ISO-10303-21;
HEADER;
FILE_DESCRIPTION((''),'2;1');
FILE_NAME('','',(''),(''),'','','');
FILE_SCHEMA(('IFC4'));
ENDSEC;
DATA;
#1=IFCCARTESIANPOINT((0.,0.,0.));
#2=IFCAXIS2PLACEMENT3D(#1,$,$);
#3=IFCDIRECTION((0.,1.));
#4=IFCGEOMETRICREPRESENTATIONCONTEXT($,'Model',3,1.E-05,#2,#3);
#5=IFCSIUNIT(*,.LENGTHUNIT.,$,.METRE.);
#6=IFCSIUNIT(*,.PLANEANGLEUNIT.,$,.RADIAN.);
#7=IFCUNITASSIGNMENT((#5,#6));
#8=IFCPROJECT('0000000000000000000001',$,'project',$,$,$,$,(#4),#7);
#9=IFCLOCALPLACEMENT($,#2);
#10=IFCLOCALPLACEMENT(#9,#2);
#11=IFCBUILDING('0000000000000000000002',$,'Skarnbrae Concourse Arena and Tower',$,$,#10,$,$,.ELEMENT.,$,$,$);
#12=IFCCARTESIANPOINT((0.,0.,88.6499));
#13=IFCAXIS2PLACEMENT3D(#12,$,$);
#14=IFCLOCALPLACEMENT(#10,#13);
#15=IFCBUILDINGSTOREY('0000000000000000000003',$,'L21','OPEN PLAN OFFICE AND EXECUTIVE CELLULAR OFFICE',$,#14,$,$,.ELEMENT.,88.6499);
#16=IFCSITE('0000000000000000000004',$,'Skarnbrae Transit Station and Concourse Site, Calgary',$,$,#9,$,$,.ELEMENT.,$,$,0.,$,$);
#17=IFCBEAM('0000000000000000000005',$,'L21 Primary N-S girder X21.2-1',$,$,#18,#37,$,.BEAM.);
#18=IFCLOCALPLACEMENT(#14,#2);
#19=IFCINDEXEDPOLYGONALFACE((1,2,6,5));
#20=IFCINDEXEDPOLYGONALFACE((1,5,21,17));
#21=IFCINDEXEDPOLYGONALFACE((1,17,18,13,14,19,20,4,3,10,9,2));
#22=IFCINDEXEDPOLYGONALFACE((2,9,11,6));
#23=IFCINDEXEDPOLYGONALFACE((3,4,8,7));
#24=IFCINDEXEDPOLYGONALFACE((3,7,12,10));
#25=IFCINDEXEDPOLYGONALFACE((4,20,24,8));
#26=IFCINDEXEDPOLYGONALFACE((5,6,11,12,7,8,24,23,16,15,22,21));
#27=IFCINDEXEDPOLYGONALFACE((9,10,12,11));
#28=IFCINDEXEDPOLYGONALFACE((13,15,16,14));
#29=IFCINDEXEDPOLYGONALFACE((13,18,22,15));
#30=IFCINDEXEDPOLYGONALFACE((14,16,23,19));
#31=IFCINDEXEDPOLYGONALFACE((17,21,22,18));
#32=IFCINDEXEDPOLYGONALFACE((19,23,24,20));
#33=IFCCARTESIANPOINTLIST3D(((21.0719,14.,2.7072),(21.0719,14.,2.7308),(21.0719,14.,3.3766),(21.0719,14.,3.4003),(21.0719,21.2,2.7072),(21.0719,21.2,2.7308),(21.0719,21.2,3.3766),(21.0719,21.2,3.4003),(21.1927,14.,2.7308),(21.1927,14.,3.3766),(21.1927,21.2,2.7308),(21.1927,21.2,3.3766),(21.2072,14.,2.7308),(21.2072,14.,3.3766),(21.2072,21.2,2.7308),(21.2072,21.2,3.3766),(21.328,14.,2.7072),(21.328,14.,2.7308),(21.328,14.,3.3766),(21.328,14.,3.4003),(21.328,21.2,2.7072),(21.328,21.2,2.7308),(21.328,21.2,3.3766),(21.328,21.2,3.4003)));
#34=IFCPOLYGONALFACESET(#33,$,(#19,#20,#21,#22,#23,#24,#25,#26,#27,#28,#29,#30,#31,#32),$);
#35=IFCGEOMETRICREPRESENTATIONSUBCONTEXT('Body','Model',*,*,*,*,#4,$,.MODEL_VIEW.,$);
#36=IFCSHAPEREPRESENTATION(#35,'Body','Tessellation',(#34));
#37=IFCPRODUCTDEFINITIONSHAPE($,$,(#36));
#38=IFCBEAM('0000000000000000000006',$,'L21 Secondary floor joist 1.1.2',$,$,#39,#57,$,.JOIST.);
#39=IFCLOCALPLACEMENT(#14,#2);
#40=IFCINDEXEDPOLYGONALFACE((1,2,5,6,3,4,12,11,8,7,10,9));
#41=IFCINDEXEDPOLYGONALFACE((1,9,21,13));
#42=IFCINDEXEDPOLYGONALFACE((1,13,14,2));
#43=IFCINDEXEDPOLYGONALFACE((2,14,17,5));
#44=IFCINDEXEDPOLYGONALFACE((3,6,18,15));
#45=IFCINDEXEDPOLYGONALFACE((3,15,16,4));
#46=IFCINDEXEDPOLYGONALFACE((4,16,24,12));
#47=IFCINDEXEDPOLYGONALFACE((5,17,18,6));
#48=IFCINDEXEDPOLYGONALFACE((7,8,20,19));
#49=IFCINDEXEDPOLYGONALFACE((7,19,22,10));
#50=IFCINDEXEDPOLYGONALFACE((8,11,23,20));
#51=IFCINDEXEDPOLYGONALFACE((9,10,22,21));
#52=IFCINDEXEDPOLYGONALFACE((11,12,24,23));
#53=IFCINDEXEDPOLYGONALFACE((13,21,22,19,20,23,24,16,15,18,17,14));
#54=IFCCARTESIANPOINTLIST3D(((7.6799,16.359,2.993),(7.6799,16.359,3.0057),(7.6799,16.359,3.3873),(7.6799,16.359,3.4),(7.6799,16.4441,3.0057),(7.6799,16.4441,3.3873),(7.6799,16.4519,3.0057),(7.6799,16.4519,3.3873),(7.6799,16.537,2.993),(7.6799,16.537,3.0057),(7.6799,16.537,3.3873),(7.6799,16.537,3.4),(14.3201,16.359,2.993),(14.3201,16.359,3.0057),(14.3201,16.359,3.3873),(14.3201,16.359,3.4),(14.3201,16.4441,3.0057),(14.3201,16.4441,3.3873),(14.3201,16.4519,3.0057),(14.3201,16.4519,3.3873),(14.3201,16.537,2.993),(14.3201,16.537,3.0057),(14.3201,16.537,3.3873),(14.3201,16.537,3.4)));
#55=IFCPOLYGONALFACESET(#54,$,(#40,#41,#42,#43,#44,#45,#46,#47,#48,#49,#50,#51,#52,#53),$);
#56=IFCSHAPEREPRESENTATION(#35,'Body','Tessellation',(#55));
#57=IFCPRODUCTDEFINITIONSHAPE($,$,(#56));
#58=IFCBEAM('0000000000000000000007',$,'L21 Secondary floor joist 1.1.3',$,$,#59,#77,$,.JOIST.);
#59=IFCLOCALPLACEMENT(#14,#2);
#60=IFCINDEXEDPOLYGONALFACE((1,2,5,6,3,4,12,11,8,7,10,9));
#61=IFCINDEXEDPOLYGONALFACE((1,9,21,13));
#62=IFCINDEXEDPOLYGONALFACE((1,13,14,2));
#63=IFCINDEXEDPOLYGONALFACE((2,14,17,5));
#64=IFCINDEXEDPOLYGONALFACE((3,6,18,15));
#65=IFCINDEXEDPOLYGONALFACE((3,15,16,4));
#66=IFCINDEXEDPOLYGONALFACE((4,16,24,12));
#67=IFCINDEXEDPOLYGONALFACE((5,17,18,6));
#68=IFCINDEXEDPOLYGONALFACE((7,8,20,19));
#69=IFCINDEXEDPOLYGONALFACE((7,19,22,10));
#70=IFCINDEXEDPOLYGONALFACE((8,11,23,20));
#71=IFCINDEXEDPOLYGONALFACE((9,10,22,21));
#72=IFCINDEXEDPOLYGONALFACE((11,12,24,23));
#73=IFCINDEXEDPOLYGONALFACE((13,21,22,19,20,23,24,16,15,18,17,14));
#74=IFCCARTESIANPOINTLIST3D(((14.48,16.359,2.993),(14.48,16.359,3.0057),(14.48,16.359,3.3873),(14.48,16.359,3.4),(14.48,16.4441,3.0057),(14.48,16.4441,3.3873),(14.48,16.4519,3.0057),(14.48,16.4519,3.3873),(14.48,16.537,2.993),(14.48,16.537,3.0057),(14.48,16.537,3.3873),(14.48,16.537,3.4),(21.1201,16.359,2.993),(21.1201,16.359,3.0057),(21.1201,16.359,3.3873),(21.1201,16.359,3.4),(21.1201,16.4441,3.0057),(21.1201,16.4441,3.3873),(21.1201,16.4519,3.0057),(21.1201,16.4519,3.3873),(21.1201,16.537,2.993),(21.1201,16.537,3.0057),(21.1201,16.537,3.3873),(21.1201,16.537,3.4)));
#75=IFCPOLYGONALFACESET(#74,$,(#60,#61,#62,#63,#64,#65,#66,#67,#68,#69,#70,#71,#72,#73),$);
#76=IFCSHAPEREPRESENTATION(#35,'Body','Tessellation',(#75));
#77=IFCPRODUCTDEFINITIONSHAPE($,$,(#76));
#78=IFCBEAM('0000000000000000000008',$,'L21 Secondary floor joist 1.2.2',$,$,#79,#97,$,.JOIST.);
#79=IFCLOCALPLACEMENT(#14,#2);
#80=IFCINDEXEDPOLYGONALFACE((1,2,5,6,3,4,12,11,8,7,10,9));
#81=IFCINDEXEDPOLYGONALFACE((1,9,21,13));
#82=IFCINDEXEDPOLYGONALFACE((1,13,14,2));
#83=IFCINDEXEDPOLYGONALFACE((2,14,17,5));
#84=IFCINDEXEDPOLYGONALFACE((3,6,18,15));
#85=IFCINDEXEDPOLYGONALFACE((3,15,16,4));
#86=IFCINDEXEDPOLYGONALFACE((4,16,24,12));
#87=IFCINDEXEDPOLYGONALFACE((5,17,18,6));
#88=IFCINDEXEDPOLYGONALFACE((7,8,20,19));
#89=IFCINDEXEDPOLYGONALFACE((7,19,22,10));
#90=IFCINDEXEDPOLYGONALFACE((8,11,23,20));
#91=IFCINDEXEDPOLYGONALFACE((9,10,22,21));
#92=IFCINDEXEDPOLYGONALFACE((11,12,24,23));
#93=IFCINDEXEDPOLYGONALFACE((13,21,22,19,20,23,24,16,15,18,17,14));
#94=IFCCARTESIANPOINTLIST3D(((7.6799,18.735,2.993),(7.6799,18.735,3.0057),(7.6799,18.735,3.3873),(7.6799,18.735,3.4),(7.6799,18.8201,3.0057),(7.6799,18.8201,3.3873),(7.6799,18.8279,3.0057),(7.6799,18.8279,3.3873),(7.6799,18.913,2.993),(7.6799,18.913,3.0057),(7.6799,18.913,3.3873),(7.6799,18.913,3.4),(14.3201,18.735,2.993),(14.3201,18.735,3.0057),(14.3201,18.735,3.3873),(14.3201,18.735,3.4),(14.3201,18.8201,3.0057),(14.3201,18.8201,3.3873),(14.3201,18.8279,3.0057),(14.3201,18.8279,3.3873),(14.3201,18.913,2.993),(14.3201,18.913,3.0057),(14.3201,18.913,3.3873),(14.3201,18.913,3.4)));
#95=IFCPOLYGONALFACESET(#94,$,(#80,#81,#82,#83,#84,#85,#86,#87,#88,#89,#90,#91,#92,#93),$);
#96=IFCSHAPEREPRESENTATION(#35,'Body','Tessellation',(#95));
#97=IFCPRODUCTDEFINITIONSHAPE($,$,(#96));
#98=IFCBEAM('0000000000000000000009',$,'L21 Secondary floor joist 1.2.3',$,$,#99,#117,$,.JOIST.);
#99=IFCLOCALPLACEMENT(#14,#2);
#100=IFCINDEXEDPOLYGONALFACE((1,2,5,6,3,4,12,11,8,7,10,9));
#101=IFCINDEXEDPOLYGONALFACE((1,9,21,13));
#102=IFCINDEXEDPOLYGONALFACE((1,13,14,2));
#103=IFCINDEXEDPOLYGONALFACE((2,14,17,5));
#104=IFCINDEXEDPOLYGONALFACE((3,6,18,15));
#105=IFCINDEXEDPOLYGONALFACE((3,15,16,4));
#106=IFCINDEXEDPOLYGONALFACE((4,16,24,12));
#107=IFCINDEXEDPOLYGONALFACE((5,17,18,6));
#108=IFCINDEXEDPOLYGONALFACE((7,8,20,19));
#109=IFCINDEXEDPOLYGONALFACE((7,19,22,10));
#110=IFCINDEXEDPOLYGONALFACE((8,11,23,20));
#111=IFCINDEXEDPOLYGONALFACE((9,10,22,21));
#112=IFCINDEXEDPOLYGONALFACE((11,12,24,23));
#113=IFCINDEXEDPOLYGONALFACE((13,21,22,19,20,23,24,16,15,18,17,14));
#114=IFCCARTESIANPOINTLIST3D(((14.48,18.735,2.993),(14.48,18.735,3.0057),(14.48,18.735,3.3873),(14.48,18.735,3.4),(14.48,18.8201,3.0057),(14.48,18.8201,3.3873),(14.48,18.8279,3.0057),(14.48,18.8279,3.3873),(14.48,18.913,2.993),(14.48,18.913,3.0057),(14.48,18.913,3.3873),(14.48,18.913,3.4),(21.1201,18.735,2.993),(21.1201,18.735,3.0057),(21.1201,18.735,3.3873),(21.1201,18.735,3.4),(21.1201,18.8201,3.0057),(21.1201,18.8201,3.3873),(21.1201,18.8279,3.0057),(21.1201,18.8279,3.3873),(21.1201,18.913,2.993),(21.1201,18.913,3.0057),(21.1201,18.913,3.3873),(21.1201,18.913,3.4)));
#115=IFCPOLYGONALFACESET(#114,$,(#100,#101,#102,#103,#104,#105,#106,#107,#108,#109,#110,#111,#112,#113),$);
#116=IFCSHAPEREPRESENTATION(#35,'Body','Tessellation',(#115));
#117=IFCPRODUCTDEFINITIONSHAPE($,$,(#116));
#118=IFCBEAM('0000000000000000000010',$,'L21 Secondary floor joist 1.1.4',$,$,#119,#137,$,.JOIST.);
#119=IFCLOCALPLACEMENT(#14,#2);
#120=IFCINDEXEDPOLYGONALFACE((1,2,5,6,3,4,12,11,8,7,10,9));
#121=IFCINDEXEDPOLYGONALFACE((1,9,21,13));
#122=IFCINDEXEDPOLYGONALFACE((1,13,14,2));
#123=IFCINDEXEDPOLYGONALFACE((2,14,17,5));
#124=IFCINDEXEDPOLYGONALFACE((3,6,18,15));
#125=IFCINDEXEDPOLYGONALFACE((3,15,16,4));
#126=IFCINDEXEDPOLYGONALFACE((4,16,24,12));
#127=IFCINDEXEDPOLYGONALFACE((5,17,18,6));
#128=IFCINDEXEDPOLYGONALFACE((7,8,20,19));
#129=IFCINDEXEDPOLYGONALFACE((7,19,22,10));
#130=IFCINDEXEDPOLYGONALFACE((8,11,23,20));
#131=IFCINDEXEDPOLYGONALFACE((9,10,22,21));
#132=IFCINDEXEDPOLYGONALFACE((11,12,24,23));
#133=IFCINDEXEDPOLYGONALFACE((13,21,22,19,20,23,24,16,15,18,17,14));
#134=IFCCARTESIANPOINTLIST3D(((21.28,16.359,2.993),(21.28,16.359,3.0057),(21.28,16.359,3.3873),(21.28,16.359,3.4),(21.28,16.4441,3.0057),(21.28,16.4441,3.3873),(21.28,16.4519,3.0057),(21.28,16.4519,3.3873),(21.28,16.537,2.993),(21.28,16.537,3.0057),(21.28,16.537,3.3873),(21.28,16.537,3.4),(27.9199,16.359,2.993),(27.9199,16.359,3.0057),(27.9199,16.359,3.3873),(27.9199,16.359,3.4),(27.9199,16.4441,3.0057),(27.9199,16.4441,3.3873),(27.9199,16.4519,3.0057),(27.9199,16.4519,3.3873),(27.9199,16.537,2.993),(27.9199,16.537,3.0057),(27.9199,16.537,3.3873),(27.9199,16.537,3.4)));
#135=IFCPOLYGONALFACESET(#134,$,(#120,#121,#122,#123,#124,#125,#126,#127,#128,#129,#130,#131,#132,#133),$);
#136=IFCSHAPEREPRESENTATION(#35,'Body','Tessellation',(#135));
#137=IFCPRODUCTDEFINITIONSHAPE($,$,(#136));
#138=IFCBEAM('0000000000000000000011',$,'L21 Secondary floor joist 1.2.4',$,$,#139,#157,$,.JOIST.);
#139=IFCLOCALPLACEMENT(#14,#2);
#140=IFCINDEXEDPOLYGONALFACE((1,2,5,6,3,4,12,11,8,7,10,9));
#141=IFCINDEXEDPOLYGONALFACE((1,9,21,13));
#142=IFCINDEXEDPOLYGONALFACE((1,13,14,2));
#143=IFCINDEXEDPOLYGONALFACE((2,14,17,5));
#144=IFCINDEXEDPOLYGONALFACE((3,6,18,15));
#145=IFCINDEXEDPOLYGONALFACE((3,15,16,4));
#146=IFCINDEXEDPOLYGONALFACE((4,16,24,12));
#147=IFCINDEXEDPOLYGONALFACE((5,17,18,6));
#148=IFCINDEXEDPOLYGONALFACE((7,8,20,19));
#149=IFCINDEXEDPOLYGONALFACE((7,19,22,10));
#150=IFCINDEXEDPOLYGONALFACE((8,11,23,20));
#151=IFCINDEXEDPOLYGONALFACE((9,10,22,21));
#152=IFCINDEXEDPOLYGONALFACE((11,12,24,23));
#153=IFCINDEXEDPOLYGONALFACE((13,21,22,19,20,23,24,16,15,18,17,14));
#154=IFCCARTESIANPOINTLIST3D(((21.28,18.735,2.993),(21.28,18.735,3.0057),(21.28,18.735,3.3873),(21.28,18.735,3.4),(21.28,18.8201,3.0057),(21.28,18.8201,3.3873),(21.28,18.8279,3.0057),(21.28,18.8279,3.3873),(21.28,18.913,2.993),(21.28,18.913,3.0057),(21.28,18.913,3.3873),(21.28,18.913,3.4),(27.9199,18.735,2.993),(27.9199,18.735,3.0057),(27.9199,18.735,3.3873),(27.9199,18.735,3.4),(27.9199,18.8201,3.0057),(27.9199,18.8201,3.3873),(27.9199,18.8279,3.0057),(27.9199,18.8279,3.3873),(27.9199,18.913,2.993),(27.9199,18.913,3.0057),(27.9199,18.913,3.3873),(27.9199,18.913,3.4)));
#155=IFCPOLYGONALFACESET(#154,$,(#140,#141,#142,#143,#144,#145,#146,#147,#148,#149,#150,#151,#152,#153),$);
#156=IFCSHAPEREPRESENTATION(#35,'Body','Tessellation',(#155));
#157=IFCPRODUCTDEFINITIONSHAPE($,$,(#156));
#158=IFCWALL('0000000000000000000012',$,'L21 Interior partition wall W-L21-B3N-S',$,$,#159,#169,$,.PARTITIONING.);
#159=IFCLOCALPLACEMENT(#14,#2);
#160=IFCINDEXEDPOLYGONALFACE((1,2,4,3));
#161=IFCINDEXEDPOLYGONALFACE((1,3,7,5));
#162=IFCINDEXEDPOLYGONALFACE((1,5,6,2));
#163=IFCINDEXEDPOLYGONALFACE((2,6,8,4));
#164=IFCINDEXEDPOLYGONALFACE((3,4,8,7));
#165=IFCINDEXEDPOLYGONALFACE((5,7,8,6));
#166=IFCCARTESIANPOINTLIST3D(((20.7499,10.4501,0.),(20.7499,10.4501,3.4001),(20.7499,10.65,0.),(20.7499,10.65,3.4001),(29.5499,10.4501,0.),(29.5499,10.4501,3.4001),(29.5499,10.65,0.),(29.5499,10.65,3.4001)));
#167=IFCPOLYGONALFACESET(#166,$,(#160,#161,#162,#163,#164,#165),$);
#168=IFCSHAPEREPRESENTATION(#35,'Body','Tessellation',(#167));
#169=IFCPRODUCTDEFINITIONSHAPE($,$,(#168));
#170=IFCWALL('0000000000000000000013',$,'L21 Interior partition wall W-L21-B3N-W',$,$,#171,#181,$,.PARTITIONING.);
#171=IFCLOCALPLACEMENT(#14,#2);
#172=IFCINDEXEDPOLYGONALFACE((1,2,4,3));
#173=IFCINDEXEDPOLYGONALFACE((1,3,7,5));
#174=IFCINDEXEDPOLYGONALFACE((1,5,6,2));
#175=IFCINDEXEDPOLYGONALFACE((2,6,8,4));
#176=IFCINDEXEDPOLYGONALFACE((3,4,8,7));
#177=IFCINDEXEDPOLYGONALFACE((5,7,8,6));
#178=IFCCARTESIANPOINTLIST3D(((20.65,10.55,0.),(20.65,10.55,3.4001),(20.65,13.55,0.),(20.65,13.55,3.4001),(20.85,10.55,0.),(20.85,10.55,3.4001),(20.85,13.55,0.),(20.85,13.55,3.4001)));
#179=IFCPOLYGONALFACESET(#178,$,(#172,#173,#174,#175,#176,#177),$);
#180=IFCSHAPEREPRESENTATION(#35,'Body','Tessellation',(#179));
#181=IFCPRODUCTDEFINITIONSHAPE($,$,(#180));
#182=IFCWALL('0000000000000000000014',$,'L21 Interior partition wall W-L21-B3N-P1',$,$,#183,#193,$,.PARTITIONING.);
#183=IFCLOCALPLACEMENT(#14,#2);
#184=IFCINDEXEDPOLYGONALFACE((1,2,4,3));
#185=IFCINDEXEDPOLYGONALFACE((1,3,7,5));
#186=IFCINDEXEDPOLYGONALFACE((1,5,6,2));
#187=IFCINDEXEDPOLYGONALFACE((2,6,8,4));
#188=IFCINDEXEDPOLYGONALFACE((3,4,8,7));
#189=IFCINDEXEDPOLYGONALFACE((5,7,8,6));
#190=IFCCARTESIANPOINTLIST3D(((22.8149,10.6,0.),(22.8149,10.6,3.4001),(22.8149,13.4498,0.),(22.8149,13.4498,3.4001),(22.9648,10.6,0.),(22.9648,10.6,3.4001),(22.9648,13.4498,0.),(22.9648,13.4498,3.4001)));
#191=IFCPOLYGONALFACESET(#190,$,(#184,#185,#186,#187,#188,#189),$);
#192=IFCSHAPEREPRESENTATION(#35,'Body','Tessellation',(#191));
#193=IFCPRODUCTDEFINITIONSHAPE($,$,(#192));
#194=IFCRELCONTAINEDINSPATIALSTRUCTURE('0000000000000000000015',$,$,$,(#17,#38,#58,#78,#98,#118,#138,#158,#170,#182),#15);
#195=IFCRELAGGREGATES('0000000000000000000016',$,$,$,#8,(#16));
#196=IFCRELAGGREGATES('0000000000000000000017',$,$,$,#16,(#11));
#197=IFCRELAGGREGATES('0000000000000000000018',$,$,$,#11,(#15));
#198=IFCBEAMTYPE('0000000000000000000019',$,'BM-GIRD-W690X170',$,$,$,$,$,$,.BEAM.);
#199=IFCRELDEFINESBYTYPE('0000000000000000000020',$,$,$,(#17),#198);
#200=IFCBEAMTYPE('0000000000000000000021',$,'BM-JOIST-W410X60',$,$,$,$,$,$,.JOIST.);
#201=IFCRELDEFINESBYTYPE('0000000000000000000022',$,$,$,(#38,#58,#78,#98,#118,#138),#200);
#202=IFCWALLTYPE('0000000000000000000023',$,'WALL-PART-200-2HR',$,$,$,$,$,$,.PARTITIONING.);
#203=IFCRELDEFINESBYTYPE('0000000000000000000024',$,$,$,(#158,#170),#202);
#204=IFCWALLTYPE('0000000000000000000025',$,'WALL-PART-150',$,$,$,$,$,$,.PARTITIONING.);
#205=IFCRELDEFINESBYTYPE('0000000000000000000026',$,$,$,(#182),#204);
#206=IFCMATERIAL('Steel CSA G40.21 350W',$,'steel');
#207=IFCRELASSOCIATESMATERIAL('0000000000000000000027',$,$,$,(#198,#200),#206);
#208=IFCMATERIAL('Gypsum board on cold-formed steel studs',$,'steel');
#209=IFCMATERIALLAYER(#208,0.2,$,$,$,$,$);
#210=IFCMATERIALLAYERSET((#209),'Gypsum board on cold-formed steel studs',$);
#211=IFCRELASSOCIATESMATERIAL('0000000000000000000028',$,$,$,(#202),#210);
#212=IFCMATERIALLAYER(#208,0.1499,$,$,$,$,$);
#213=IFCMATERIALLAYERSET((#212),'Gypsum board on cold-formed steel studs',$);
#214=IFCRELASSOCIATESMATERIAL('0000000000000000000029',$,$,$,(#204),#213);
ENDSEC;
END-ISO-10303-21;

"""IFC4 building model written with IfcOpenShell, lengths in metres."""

from ifc_helpers import new_model, si_unit, direction, frame, frame_2d, origin, origin_2d, place, context, subcontext, project, spatial, rectangle, i_section, extrude, source, transform, mapped, material, layer, layer_set, material_profile, profile_set, type_object, element, save


model = new_model("IFC4")

# Units and contexts
model_context = context("Model", 3, precision=1e-05, world=origin(), true_north=direction((0.0, 1.0)))
body_context = subcontext(model_context, "Body", "Model", "MODEL_VIEW")
ifc_project = project(units=[si_unit("LENGTHUNIT", "METRE"), si_unit("PLANEANGLEUNIT", "RADIAN")], contexts=[model_context])

# Site, building, storey
site_placement = place(None, origin())
site = spatial("IfcSite", under=ifc_project, at=site_placement, Name="Skarnbrae Transit Station and Concourse Site, Calgary", CompositionType="ELEMENT", RefElevation=0.0)
building_placement = place(site_placement, origin())
building = spatial("IfcBuilding", under=site, at=building_placement, Name="Skarnbrae Concourse Arena and Tower", CompositionType="ELEMENT")
storey_placement = place(building_placement, frame((0.0, 0.0, 88.6499)))
storey = spatial("IfcBuildingStorey", under=building, at=storey_placement, Name="L21", Description="OPEN PLAN OFFICE AND EXECUTIVE CELLULAR OFFICE", CompositionType="ELEMENT", Elevation=88.6499)

# Shared definitions
ifc_material_1 = material(Name="Steel CSA G40.21 350W", Category="steel")

# Beams
ifc_material_profile_1 = material_profile(ifc_material_1, i_section(OverallWidth=0.2561, OverallDepth=0.6931, WebThickness=0.0144, FlangeThickness=0.0237, at=origin_2d()), Name="W690X170")
ifc_profile_set_1 = profile_set([ifc_material_profile_1], Name="Steel CSA G40.21 350W")
beam_type_1 = type_object("IfcBeamType", Name="BM-GIRD-W690X170", PredefinedType="BEAM", material=ifc_profile_set_1)
shared_shape_1 = source(origin(), body_context, "Body", "SweptSolid", [
    extrude(i_section(OverallWidth=0.2561, OverallDepth=0.6931, WebThickness=0.0144, FlangeThickness=0.0237, at=origin_2d()), origin(), (0.0, 0.0, 1.0), 7.2),
])
for number, where, z_axis, x_axis, name in (
    (1, (21.2, 14.0, 3.0537), (0.0, 1.0, 0.0), (-1.0, 0.0, 0.0), "L21 Primary N-S girder X21.2-1"),
):
    element("IfcBeam", number, at=place(storey_placement, frame(where, z_axis=z_axis, x_axis=x_axis)), inside=storey, type_object=beam_type_1, Name=name, PredefinedType="BEAM", context=body_context, shape_type="MappedRepresentation", body=[
        mapped(shared_shape_1, transform((0.0, 0.0, 0.0))),
    ])
ifc_material_profile_2 = material_profile(ifc_material_1, i_section(OverallWidth=0.178, OverallDepth=0.407, WebThickness=0.0078, FlangeThickness=0.0127, at=origin_2d()), Name="W410X60")
ifc_profile_set_2 = profile_set([ifc_material_profile_2], Name="Steel CSA G40.21 350W")
beam_type_2 = type_object("IfcBeamType", Name="BM-JOIST-W410X60", PredefinedType="JOIST", material=ifc_profile_set_2)
shared_shape_2 = source(origin(), body_context, "Body", "SweptSolid", [
    extrude(i_section(OverallWidth=0.178, OverallDepth=0.407, WebThickness=0.0078, FlangeThickness=0.0127, at=origin_2d()), origin(), (0.0, 0.0, 1.0), 6.6401),
])
for number, where, z_axis, x_axis, name in (
    (2, (7.6799, 16.448, 3.1965), (1.0, 0.0, 0.0), (0.0, 1.0, 0.0), "L21 Secondary floor joist 1.1.2"),
    (3, (14.48, 16.448, 3.1965), (1.0, 0.0, 0.0), (0.0, 1.0, 0.0), "L21 Secondary floor joist 1.1.3"),
    (4, (7.6799, 18.824, 3.1965), (1.0, 0.0, 0.0), (0.0, 1.0, 0.0), "L21 Secondary floor joist 1.2.2"),
    (5, (14.48, 18.824, 3.1965), (1.0, 0.0, 0.0), (0.0, 1.0, 0.0), "L21 Secondary floor joist 1.2.3"),
):
    element("IfcBeam", number, at=place(storey_placement, frame(where, z_axis=z_axis, x_axis=x_axis)), inside=storey, type_object=beam_type_2, Name=name, PredefinedType="JOIST", context=body_context, shape_type="MappedRepresentation", body=[
        mapped(shared_shape_2, transform((0.0, 0.0, 0.0))),
    ])
shared_shape_3 = source(origin(), body_context, "Body", "SweptSolid", [
    extrude(i_section(OverallWidth=0.178, OverallDepth=0.407, WebThickness=0.0078, FlangeThickness=0.0127, at=origin_2d()), origin(), (0.0, 0.0, 1.0), 6.6399),
])
for number, where, z_axis, x_axis, name in (
    (6, (21.28, 16.448, 3.1965), (1.0, 0.0, 0.0), (0.0, 1.0, 0.0), "L21 Secondary floor joist 1.1.4"),
    (7, (21.28, 18.824, 3.1965), (1.0, 0.0, 0.0), (0.0, 1.0, 0.0), "L21 Secondary floor joist 1.2.4"),
):
    element("IfcBeam", number, at=place(storey_placement, frame(where, z_axis=z_axis, x_axis=x_axis)), inside=storey, type_object=beam_type_2, Name=name, PredefinedType="JOIST", context=body_context, shape_type="MappedRepresentation", body=[
        mapped(shared_shape_3, transform((0.0, 0.0, 0.0))),
    ])

# Walls
ifc_material_2 = material(Name="Gypsum board on cold-formed steel studs", Category="steel")
ifc_layer_1 = layer(ifc_material_2, 0.2)
ifc_layer_set_1 = layer_set([ifc_layer_1], Name="Gypsum board on cold-formed steel studs")
wall_type_1 = type_object("IfcWallType", Name="WALL-PART-200-2HR", PredefinedType="PARTITIONING", material=ifc_layer_set_1)
shared_shape_4 = source(origin(), body_context, "Body", "SweptSolid", [
    extrude(rectangle(XDim=8.8, YDim=0.2, at=frame_2d((4.3999, 0.0))), origin(), (0.0, 0.0, 1.0), 3.4001),
])
wall_1_placement = place(storey_placement, frame((20.75, 10.55, 0.0), z_axis=(0.0, 0.0, 1.0), x_axis=(1.0, 0.0, 0.0)))
element("IfcWall", 8, at=wall_1_placement, inside=storey, type_object=wall_type_1, Name="L21 Interior partition wall W-L21-B3N-S", PredefinedType="PARTITIONING", context=body_context, shape_type="MappedRepresentation", body=[
    mapped(shared_shape_4, transform((0.0, 0.0, 0.0))),
])
shared_shape_5 = source(origin(), body_context, "Body", "SweptSolid", [
    extrude(rectangle(XDim=3.0, YDim=0.2, at=frame_2d((1.5, 0.0))), origin(), (0.0, 0.0, 1.0), 3.4001),
])
wall_2_placement = place(storey_placement, frame((20.75, 10.55, 0.0), z_axis=(0.0, 0.0, 1.0), x_axis=(0.0, 1.0, 0.0)))
element("IfcWall", 9, at=wall_2_placement, inside=storey, type_object=wall_type_1, Name="L21 Interior partition wall W-L21-B3N-W", PredefinedType="PARTITIONING", context=body_context, shape_type="MappedRepresentation", body=[
    mapped(shared_shape_5, transform((0.0, 0.0, 0.0))),
])
ifc_layer_2 = layer(ifc_material_2, 0.1499)
ifc_layer_set_2 = layer_set([ifc_layer_2], Name="Gypsum board on cold-formed steel studs")
wall_type_2 = type_object("IfcWallType", Name="WALL-PART-150", PredefinedType="PARTITIONING", material=ifc_layer_set_2)
shared_shape_6 = source(origin(), body_context, "Body", "SweptSolid", [
    extrude(rectangle(XDim=2.8499, YDim=0.1499, at=frame_2d((1.4248, 0.0))), origin(), (0.0, 0.0, 1.0), 3.4001),
])
for number, where, z_axis, x_axis, name in (
    (10, (22.8899, 10.6001, 0.0), (0.0, 0.0, 1.0), (0.0, 1.0, 0.0), "L21 Interior partition wall W-L21-B3N-P1"),
):
    element("IfcWall", number, at=place(storey_placement, frame(where, z_axis=z_axis, x_axis=x_axis)), inside=storey, type_object=wall_type_2, Name=name, PredefinedType="PARTITIONING", context=body_context, shape_type="MappedRepresentation", body=[
        mapped(shared_shape_6, transform((0.0, 0.0, 0.0))),
    ])

save(model, "model.ifc")
